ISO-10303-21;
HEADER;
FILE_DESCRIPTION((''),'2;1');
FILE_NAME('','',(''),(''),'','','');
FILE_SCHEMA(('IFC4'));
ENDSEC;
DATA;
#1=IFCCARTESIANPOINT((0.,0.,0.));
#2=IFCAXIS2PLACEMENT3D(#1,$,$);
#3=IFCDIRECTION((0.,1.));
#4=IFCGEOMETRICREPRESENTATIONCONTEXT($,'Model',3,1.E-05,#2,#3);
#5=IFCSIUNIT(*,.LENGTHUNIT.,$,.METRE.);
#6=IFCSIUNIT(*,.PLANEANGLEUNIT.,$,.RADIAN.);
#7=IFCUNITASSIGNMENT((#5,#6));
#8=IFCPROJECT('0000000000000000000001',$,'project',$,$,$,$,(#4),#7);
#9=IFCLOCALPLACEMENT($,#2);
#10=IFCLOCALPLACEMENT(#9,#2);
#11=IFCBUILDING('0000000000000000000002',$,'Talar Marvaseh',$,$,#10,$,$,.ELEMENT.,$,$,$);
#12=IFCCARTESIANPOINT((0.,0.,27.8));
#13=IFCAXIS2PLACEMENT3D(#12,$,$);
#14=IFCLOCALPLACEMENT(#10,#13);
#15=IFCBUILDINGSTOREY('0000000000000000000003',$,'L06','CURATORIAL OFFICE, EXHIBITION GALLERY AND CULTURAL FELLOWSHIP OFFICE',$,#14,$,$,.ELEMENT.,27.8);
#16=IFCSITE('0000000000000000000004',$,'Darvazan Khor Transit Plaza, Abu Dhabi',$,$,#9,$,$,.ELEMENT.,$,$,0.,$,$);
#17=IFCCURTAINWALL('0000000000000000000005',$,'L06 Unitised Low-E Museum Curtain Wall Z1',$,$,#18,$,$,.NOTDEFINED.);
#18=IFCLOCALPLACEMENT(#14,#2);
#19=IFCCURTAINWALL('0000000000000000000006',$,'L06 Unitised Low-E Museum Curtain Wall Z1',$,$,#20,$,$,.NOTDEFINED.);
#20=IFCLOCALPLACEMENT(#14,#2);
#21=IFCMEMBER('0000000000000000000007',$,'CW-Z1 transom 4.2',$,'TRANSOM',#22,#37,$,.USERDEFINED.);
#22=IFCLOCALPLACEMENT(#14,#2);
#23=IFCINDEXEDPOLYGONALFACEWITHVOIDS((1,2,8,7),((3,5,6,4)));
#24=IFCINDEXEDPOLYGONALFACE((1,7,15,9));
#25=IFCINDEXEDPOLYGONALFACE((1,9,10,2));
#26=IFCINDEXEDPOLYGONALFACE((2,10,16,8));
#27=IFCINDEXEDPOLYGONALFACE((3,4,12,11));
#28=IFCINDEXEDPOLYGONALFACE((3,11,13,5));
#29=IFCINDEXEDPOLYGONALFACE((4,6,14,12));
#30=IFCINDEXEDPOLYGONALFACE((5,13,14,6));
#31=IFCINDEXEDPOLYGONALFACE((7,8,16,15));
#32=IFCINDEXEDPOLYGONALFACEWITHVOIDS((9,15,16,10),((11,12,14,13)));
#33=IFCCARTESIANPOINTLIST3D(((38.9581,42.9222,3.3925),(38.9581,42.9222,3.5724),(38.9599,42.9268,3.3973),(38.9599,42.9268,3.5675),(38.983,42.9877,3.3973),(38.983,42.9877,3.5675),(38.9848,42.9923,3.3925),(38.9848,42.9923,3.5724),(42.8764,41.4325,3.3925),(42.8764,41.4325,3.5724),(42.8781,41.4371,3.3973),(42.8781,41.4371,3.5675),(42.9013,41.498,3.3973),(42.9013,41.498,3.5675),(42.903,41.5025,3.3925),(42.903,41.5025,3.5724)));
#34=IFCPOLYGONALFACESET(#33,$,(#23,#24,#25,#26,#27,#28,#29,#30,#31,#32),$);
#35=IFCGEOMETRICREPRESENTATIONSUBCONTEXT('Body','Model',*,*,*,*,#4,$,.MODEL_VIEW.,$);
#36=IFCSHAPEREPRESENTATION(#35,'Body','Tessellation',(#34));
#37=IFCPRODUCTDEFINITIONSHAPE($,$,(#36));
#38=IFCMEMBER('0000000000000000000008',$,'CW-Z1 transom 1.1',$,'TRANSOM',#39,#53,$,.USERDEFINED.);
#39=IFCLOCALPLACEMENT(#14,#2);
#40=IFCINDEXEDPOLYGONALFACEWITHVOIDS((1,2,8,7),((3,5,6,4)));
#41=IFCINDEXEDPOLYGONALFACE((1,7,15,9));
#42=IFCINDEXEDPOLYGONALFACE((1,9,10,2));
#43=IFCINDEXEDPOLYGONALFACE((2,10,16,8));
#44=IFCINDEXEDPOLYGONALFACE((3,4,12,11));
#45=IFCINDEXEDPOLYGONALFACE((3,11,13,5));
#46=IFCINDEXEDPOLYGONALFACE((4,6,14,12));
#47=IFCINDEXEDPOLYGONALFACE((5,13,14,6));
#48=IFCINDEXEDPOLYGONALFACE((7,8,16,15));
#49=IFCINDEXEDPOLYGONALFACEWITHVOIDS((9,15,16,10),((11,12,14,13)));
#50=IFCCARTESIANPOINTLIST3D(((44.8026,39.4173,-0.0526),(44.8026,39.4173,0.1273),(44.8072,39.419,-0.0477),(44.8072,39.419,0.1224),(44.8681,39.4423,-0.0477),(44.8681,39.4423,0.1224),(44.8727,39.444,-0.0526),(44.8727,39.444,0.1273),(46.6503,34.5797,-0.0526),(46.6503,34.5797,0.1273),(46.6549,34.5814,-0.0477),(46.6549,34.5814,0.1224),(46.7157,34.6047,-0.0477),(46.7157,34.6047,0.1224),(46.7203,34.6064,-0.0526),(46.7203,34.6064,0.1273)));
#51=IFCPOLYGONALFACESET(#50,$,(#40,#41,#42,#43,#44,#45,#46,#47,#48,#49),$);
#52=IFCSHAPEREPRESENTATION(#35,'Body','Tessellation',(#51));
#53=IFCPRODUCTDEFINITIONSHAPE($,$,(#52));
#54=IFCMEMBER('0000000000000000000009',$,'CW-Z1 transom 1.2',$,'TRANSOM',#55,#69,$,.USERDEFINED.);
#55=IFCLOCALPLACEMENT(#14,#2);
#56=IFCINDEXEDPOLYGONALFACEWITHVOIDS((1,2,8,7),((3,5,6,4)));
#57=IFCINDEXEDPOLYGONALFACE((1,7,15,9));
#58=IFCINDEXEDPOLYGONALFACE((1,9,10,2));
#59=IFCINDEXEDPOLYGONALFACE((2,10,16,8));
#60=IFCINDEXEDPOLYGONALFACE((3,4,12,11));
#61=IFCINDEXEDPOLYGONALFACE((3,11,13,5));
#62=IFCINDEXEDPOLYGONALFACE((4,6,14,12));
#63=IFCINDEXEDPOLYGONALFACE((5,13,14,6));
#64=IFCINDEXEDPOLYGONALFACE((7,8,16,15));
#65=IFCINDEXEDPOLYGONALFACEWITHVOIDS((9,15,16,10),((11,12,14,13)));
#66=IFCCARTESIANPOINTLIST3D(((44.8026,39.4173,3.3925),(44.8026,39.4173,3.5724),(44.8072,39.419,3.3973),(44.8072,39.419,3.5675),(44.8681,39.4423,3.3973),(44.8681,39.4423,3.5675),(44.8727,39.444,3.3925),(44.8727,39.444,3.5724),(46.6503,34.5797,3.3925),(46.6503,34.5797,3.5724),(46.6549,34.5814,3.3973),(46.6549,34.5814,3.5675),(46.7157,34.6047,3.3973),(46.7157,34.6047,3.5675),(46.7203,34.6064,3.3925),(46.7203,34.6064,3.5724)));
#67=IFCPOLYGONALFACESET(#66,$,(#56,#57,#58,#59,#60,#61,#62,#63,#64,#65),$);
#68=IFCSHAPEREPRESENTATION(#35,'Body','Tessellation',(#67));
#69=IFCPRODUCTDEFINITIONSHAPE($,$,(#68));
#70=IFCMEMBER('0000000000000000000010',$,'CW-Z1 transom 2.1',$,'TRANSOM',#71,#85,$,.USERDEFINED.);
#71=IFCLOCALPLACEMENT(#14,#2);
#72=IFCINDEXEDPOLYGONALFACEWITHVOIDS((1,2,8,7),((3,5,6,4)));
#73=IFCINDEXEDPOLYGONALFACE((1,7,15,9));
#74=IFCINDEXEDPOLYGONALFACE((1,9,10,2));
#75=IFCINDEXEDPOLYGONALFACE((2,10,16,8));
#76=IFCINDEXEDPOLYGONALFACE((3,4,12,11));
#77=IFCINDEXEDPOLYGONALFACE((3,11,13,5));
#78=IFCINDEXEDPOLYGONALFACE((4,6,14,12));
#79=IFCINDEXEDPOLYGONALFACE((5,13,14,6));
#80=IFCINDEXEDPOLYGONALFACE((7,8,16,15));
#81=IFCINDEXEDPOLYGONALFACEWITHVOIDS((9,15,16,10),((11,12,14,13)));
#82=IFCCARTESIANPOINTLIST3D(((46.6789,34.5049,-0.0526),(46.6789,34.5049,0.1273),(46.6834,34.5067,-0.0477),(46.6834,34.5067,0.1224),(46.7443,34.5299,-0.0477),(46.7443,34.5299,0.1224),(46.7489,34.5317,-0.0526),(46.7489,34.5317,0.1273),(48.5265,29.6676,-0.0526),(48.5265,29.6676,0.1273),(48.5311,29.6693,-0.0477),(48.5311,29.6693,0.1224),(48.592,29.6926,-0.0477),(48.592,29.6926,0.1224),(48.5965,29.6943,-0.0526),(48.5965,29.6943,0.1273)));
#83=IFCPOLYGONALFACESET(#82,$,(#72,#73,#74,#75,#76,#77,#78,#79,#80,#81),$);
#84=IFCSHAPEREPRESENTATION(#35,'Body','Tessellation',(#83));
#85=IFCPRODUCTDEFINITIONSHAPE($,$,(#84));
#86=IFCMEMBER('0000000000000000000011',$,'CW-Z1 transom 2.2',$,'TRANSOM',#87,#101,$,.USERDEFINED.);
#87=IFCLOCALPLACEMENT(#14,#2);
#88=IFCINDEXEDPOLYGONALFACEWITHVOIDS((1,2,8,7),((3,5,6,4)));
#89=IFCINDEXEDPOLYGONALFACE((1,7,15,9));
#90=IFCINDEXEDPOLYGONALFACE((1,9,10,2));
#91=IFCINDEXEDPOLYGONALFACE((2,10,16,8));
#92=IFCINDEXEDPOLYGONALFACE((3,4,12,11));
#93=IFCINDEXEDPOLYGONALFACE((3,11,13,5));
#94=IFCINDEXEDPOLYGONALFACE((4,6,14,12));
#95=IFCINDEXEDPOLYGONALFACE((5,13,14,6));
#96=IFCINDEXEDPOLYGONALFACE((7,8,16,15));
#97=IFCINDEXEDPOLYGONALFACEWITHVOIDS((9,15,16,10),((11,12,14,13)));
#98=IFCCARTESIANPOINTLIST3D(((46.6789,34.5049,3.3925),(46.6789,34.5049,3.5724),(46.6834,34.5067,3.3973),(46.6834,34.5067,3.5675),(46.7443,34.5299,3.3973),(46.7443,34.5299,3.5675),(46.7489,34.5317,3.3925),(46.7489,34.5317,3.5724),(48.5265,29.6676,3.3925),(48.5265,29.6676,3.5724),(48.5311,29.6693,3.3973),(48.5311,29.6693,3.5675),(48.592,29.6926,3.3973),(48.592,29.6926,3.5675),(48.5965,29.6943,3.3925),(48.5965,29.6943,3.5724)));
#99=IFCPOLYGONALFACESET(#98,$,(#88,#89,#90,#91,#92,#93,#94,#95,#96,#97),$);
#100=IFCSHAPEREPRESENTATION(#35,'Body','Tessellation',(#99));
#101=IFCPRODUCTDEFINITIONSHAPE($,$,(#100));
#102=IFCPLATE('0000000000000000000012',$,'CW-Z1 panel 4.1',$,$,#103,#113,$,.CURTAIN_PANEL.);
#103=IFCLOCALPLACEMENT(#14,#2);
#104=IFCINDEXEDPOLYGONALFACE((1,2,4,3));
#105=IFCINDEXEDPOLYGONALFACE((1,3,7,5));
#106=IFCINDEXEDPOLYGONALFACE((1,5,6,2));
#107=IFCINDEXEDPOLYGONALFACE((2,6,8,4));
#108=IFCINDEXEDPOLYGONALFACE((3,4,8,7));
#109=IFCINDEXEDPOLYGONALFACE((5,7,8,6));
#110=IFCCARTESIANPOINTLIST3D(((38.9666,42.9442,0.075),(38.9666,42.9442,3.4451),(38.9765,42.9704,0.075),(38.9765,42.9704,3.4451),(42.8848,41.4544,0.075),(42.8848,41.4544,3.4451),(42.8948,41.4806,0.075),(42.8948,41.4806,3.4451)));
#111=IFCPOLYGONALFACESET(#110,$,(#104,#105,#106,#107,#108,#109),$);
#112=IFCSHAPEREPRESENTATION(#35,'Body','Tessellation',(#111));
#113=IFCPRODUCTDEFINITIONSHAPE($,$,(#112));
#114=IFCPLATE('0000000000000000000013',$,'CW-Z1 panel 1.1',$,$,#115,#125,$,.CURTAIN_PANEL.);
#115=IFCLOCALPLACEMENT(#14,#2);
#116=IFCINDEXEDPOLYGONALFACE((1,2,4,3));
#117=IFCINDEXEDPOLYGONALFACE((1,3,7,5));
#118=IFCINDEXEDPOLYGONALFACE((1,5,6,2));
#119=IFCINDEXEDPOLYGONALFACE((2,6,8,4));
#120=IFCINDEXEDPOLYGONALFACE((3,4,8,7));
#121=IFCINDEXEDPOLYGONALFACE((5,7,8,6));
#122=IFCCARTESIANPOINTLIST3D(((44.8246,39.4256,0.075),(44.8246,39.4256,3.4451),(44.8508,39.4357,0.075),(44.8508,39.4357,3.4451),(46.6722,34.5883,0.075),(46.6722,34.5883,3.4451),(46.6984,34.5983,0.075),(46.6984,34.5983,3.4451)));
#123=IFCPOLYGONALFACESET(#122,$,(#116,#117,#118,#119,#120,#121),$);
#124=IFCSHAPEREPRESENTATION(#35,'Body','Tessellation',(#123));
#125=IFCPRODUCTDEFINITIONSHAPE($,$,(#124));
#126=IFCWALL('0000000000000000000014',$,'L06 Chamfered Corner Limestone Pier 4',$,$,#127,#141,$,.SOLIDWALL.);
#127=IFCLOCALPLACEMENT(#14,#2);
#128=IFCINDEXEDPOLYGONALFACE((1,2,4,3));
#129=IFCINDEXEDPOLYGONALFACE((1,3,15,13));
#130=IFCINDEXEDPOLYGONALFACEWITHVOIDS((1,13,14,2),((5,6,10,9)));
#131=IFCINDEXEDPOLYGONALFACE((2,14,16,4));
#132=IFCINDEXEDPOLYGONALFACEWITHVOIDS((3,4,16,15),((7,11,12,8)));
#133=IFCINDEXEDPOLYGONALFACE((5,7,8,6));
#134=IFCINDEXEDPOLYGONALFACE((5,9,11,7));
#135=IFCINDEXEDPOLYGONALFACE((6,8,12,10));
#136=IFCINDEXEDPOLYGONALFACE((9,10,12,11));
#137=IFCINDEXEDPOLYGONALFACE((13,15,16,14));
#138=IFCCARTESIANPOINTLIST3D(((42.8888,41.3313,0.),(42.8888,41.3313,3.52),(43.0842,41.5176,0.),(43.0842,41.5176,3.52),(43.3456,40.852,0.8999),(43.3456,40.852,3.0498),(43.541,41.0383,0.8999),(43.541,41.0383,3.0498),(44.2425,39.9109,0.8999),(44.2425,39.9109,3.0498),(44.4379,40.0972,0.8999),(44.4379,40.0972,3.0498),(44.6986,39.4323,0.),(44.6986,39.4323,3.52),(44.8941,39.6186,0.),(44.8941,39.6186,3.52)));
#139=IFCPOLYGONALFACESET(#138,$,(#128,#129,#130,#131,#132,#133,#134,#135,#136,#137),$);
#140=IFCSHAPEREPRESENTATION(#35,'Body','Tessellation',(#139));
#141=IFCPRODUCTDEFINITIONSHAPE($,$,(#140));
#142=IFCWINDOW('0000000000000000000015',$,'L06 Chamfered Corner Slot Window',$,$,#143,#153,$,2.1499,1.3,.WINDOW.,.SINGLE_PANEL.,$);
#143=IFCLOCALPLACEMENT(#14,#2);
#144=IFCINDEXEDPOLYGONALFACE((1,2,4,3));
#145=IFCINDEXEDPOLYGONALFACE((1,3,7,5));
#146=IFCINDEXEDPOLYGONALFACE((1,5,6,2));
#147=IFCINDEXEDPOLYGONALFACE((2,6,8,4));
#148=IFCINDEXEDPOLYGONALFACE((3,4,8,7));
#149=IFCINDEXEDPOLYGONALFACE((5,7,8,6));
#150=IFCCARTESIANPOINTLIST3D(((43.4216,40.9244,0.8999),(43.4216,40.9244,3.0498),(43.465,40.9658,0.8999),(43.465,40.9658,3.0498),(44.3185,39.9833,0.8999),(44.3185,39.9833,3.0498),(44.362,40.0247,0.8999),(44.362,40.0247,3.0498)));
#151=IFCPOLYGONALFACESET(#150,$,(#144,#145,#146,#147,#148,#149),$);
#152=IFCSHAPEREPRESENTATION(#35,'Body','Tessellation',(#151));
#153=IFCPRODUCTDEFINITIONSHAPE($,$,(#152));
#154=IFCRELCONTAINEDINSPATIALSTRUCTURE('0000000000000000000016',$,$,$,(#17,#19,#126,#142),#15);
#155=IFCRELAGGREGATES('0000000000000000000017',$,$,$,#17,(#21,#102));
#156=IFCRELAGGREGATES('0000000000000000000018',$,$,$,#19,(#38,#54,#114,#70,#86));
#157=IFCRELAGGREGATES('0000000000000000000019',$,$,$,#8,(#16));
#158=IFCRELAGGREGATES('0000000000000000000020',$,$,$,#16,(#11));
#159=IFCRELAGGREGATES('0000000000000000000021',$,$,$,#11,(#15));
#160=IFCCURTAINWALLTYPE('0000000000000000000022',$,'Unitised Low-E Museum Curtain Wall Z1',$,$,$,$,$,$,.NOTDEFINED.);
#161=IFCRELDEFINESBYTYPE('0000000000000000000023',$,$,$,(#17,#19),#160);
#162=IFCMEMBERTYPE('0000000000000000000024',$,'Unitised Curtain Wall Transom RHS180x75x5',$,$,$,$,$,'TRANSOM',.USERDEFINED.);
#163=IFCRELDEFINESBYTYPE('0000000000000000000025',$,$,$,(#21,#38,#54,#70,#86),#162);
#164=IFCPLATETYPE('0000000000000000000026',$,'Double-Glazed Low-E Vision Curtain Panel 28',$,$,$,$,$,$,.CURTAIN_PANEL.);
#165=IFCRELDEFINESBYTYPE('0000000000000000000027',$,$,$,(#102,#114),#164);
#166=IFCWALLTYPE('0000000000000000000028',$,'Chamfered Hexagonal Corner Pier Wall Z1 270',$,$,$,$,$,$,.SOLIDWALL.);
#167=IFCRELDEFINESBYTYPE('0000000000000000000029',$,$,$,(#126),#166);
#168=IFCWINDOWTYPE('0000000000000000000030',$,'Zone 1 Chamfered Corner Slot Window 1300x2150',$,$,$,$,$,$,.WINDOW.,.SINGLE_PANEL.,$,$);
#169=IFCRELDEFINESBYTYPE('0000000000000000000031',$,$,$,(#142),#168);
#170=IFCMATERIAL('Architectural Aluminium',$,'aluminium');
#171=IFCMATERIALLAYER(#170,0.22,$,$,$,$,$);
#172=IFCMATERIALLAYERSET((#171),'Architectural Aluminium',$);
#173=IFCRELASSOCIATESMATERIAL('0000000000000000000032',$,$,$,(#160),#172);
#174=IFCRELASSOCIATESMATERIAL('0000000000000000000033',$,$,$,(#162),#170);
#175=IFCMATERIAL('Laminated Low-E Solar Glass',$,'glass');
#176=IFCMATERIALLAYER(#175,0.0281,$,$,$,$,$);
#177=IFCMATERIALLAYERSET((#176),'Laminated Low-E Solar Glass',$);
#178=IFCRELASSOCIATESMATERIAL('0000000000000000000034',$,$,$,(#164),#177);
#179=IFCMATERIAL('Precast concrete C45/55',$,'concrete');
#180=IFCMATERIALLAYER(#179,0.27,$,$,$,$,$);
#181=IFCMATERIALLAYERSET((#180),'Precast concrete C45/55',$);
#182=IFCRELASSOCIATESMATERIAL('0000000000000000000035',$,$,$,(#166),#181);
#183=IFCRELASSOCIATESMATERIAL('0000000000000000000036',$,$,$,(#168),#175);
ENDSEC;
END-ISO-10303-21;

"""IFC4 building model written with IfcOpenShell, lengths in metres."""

from ifc_helpers import new_model, si_unit, direction, frame, frame_2d, origin, origin_2d, place, context, subcontext, project, spatial, rectangle, hollow_rectangle, extrude, source, transform, mapped, material, layer, layer_set, material_profile, profile_set, type_object, type_shapes, element, fill, aggregate, save


model = new_model("IFC4")

# Units and contexts
model_context = context("Model", 3, precision=1e-05, world=origin(), true_north=direction((0.0, 1.0)))
body_context = subcontext(model_context, "Body", "Model", "MODEL_VIEW")
ifc_project = project(units=[si_unit("LENGTHUNIT", "METRE"), si_unit("PLANEANGLEUNIT", "RADIAN")], contexts=[model_context])

# Site, building, storey
site_placement = place(None, origin())
site = spatial("IfcSite", under=ifc_project, at=site_placement, Name="Darvazan Khor Transit Plaza, Abu Dhabi", CompositionType="ELEMENT", RefElevation=0.0)
building_placement = place(site_placement, origin())
building = spatial("IfcBuilding", under=site, at=building_placement, Name="Talar Marvaseh", CompositionType="ELEMENT")
storey_placement = place(building_placement, frame((0.0, 0.0, 27.8)))
storey = spatial("IfcBuildingStorey", under=building, at=storey_placement, Name="L06", Description="CURATORIAL OFFICE, EXHIBITION GALLERY AND CULTURAL FELLOWSHIP OFFICE", CompositionType="ELEMENT", Elevation=27.8)

# Curtain wall
ifc_material_1 = material(Name="Architectural Aluminium", Category="aluminium")
ifc_layer_1 = layer(ifc_material_1, 0.22)
ifc_layer_set_1 = layer_set([ifc_layer_1], Name="Architectural Aluminium")
curtain_wall_type = type_object("IfcCurtainWallType", Name="Unitised Low-E Museum Curtain Wall Z1", PredefinedType="NOTDEFINED", material=ifc_layer_set_1)
curtain_wall_1_placement = place(storey_placement, origin())
curtain_wall_1 = element("IfcCurtainWall", 1, at=curtain_wall_1_placement, inside=storey, type_object=curtain_wall_type, Name="L06 Unitised Low-E Museum Curtain Wall Z1", PredefinedType="NOTDEFINED")

# Curtain wall
curtain_wall_2_placement = place(storey_placement, origin())
curtain_wall_2 = element("IfcCurtainWall", 2, at=curtain_wall_2_placement, inside=storey, type_object=curtain_wall_type, Name="L06 Unitised Low-E Museum Curtain Wall Z1", PredefinedType="NOTDEFINED")

# Members
ifc_material_profile_1 = material_profile(ifc_material_1, hollow_rectangle(XDim=0.075, YDim=0.1799, WallThickness=0.0049, at=origin_2d()), Name="RHS180x75x5")
ifc_profile_set_1 = profile_set([ifc_material_profile_1], Name="Architectural Aluminium")
member_type_1 = type_object("IfcMemberType", Name="Unitised Curtain Wall Transom RHS180x75x5", ElementType="TRANSOM", PredefinedType="USERDEFINED", material=ifc_profile_set_1)
shared_shape_1 = source(origin(), body_context, "Body", "SweptSolid", [
    extrude(hollow_rectangle(XDim=0.075, YDim=0.1799, WallThickness=0.0049, at=origin_2d()), origin(), (0.0, 0.0, 1.0), 4.1919),
])
member_1_placement = place(storey_placement, frame((38.9714, 42.9573, 3.4824), z_axis=(0.934718, -0.35539, 0.0), x_axis=(0.35539, 0.934718, 0.0)))
member_1 = element("IfcMember", 3, at=member_1_placement, type_object=member_type_1, Name="CW-Z1 transom 4.2", ObjectType="TRANSOM", PredefinedType="USERDEFINED", context=body_context, shape_type="MappedRepresentation", body=[
    mapped(shared_shape_1, transform((0.0, 0.0, 0.0), x_axis=(1.0, 0.0, 0.0), y_axis=(0.0, 1.0, 0.0), z_axis=(0.0, 0.0, 1.0), scale=1.0)),
])
shared_shape_2 = source(origin(), body_context, "Body", "SweptSolid", [
    extrude(hollow_rectangle(XDim=0.075, YDim=0.1799, WallThickness=0.0049, at=origin_2d()), origin(), (0.0, 0.0, 1.0), 5.1785),
])
member_2_placement = place(storey_placement, frame((44.8376, 39.4307, 0.0374), z_axis=(0.356795, -0.934183, 0.0), x_axis=(0.934183, 0.356795, 0.0)))
member_2 = element("IfcMember", 4, at=member_2_placement, type_object=member_type_1, Name="CW-Z1 transom 1.1", ObjectType="TRANSOM", PredefinedType="USERDEFINED", context=body_context, shape_type="MappedRepresentation", body=[
    mapped(shared_shape_2, transform((0.0, 0.0, 0.0), x_axis=(1.0, 0.0, 0.0), y_axis=(0.0, 1.0, 0.0), z_axis=(0.0, 0.0, 1.0), scale=1.0)),
])
member_3_placement = place(storey_placement, frame((44.8376, 39.4307, 3.4824), z_axis=(0.356795, -0.934183, 0.0), x_axis=(0.934183, 0.356795, 0.0)))
member_3 = element("IfcMember", 5, at=member_3_placement, type_object=member_type_1, Name="CW-Z1 transom 1.2", ObjectType="TRANSOM", PredefinedType="USERDEFINED", context=body_context, shape_type="MappedRepresentation", body=[
    mapped(shared_shape_2, transform((0.0, 0.0, 0.0), x_axis=(1.0, 0.0, 0.0), y_axis=(0.0, 1.0, 0.0), z_axis=(0.0, 0.0, 1.0), scale=1.0)),
])
shared_shape_3 = source(origin(), body_context, "Body", "SweptSolid", [
    extrude(hollow_rectangle(XDim=0.075, YDim=0.1799, WallThickness=0.0049, at=origin_2d()), origin(), (0.0, 0.0, 1.0), 5.1782),
])
type_shapes(member_type_1, [shared_shape_1, shared_shape_2, shared_shape_3])
member_4_placement = place(storey_placement, frame((46.7139, 34.5183, 0.0374), z_axis=(0.356811, -0.934177, 0.0), x_axis=(0.934177, 0.356811, 0.0)))
member_4 = element("IfcMember", 6, at=member_4_placement, type_object=member_type_1, Name="CW-Z1 transom 2.1", ObjectType="TRANSOM", PredefinedType="USERDEFINED", context=body_context, shape_type="MappedRepresentation", body=[
    mapped(shared_shape_3, transform((0.0, 0.0, 0.0), x_axis=(1.0, 0.0, 0.0), y_axis=(0.0, 1.0, 0.0), z_axis=(0.0, 0.0, 1.0), scale=1.0)),
])
member_5_placement = place(storey_placement, frame((46.7139, 34.5183, 3.4824), z_axis=(0.356811, -0.934177, 0.0), x_axis=(0.934177, 0.356811, 0.0)))
member_5 = element("IfcMember", 7, at=member_5_placement, type_object=member_type_1, Name="CW-Z1 transom 2.2", ObjectType="TRANSOM", PredefinedType="USERDEFINED", context=body_context, shape_type="MappedRepresentation", body=[
    mapped(shared_shape_3, transform((0.0, 0.0, 0.0), x_axis=(1.0, 0.0, 0.0), y_axis=(0.0, 1.0, 0.0), z_axis=(0.0, 0.0, 1.0), scale=1.0)),
])

# Plates
ifc_material_2 = material(Name="Laminated Low-E Solar Glass", Category="glass")
ifc_layer_2 = layer(ifc_material_2, 0.0281)
ifc_layer_set_2 = layer_set([ifc_layer_2], Name="Laminated Low-E Solar Glass")
plate_type = type_object("IfcPlateType", Name="Double-Glazed Low-E Vision Curtain Panel 28", PredefinedType="CURTAIN_PANEL", material=ifc_layer_set_2)
shared_shape_4 = source(origin(), body_context, "Body", "SweptSolid", [
    extrude(rectangle(XDim=4.1919, YDim=0.0281, at=origin_2d()), origin(), (0.0, 0.0, 1.0), 3.3701),
])
plate_1_placement = place(storey_placement, frame((40.9307, 42.2124, 0.075), z_axis=(0.0, 0.0, 1.0), x_axis=(0.934714, -0.3554, 0.0)))
plate_1 = element("IfcPlate", 8, at=plate_1_placement, type_object=plate_type, Name="CW-Z1 panel 4.1", PredefinedType="CURTAIN_PANEL", context=body_context, shape_type="MappedRepresentation", body=[
    mapped(shared_shape_4, transform((0.0, 0.0, 0.0), x_axis=(1.0, 0.0, 0.0), y_axis=(0.0, 1.0, 0.0), z_axis=(0.0, 0.0, 1.0), scale=1.0)),
])
aggregate(curtain_wall_1, [member_1, plate_1])
shared_shape_5 = source(origin(), body_context, "Body", "SweptSolid", [
    extrude(rectangle(XDim=5.1782, YDim=0.0281, at=origin_2d()), origin(), (0.0, 0.0, 1.0), 3.3701),
])
type_shapes(plate_type, [shared_shape_4, shared_shape_5])
plate_2_placement = place(storey_placement, frame((45.7615, 37.012, 0.075), z_axis=(0.0, 0.0, 1.0), x_axis=(0.356804, -0.934179, 0.0)))
plate_2 = element("IfcPlate", 9, at=plate_2_placement, type_object=plate_type, Name="CW-Z1 panel 1.1", PredefinedType="CURTAIN_PANEL", context=body_context, shape_type="MappedRepresentation", body=[
    mapped(shared_shape_5, transform((0.0, 0.0, 0.0), x_axis=(1.0, 0.0, 0.0), y_axis=(0.0, 1.0, 0.0), z_axis=(0.0, 0.0, 1.0), scale=1.0)),
])
aggregate(curtain_wall_2, [member_2, member_3, plate_2, member_4, member_5])

# Wall, opening, window
ifc_material_3 = material(Name="Precast concrete C45/55", Category="concrete")
ifc_layer_3 = layer(ifc_material_3, 0.27)
ifc_layer_set_3 = layer_set([ifc_layer_3], Name="Precast concrete C45/55")
wall_type = type_object("IfcWallType", Name="Chamfered Hexagonal Corner Pier Wall Z1 270", PredefinedType="SOLIDWALL", material=ifc_layer_set_3)
wall_placement = place(storey_placement, frame((42.9866, 41.4243, 0.0), z_axis=(0.0, 0.0, 1.0), x_axis=(0.689918, -0.723888, 0.0)))
wall = element("IfcWall", 10, at=wall_placement, inside=storey, type_object=wall_type, Name="L06 Chamfered Corner Limestone Pier 4", PredefinedType="SOLIDWALL", context=body_context, shape_type="SweptSolid", body=[
    extrude(rectangle(XDim=2.6233, YDim=0.27, at=frame_2d((1.3115, 0.0))), origin(), (0.0, 0.0, 1.0), 3.52),
])
opening_placement = place(wall_placement, frame((0.6621, 0.0, 0.8999)))
opening = element("IfcOpeningElement", 11, at=opening_placement, cuts=wall, PredefinedType="OPENING", context=body_context, shape_type="SweptSolid", body=[
    extrude(rectangle(XDim=1.3, YDim=2.1499, at=frame_2d((0.6499, 1.075))), frame((0.0, 0.145, 0.0), z_axis=(0.0, -1.0, 0.0), x_axis=(1.0, 0.0, 0.0)), (0.0, 0.0, 1.0), 0.29),
])
window_type = type_object("IfcWindowType", Name="Zone 1 Chamfered Corner Slot Window 1300x2150", PartitioningType="SINGLE_PANEL", PredefinedType="WINDOW", material=ifc_material_2)
shared_shape_6 = source(origin(), body_context, "Body", "SweptSolid", [
    extrude(rectangle(XDim=1.3, YDim=2.1499, at=frame_2d((0.6499, 1.075))), frame((0.0, 0.03, 0.0), z_axis=(0.0, -1.0, 0.0), x_axis=(1.0, 0.0, 0.0)), (0.0, 0.0, 1.0), 0.0601),
])
type_shapes(window_type, [shared_shape_6])
window_placement = place(opening_placement, origin())
window = element("IfcWindow", 12, at=window_placement, inside=storey, type_object=window_type, Name="L06 Chamfered Corner Slot Window", OverallHeight=2.1499, OverallWidth=1.3, PartitioningType="SINGLE_PANEL", PredefinedType="WINDOW", context=body_context, shape_type="MappedRepresentation", body=[
    mapped(shared_shape_6, transform((0.0, 0.0, 0.0), x_axis=(1.0, 0.0, 0.0), y_axis=(0.0, 1.0, 0.0), z_axis=(0.0, 0.0, 1.0), scale=1.0)),
])
fill(opening, window)

save(model, "model.ifc")
